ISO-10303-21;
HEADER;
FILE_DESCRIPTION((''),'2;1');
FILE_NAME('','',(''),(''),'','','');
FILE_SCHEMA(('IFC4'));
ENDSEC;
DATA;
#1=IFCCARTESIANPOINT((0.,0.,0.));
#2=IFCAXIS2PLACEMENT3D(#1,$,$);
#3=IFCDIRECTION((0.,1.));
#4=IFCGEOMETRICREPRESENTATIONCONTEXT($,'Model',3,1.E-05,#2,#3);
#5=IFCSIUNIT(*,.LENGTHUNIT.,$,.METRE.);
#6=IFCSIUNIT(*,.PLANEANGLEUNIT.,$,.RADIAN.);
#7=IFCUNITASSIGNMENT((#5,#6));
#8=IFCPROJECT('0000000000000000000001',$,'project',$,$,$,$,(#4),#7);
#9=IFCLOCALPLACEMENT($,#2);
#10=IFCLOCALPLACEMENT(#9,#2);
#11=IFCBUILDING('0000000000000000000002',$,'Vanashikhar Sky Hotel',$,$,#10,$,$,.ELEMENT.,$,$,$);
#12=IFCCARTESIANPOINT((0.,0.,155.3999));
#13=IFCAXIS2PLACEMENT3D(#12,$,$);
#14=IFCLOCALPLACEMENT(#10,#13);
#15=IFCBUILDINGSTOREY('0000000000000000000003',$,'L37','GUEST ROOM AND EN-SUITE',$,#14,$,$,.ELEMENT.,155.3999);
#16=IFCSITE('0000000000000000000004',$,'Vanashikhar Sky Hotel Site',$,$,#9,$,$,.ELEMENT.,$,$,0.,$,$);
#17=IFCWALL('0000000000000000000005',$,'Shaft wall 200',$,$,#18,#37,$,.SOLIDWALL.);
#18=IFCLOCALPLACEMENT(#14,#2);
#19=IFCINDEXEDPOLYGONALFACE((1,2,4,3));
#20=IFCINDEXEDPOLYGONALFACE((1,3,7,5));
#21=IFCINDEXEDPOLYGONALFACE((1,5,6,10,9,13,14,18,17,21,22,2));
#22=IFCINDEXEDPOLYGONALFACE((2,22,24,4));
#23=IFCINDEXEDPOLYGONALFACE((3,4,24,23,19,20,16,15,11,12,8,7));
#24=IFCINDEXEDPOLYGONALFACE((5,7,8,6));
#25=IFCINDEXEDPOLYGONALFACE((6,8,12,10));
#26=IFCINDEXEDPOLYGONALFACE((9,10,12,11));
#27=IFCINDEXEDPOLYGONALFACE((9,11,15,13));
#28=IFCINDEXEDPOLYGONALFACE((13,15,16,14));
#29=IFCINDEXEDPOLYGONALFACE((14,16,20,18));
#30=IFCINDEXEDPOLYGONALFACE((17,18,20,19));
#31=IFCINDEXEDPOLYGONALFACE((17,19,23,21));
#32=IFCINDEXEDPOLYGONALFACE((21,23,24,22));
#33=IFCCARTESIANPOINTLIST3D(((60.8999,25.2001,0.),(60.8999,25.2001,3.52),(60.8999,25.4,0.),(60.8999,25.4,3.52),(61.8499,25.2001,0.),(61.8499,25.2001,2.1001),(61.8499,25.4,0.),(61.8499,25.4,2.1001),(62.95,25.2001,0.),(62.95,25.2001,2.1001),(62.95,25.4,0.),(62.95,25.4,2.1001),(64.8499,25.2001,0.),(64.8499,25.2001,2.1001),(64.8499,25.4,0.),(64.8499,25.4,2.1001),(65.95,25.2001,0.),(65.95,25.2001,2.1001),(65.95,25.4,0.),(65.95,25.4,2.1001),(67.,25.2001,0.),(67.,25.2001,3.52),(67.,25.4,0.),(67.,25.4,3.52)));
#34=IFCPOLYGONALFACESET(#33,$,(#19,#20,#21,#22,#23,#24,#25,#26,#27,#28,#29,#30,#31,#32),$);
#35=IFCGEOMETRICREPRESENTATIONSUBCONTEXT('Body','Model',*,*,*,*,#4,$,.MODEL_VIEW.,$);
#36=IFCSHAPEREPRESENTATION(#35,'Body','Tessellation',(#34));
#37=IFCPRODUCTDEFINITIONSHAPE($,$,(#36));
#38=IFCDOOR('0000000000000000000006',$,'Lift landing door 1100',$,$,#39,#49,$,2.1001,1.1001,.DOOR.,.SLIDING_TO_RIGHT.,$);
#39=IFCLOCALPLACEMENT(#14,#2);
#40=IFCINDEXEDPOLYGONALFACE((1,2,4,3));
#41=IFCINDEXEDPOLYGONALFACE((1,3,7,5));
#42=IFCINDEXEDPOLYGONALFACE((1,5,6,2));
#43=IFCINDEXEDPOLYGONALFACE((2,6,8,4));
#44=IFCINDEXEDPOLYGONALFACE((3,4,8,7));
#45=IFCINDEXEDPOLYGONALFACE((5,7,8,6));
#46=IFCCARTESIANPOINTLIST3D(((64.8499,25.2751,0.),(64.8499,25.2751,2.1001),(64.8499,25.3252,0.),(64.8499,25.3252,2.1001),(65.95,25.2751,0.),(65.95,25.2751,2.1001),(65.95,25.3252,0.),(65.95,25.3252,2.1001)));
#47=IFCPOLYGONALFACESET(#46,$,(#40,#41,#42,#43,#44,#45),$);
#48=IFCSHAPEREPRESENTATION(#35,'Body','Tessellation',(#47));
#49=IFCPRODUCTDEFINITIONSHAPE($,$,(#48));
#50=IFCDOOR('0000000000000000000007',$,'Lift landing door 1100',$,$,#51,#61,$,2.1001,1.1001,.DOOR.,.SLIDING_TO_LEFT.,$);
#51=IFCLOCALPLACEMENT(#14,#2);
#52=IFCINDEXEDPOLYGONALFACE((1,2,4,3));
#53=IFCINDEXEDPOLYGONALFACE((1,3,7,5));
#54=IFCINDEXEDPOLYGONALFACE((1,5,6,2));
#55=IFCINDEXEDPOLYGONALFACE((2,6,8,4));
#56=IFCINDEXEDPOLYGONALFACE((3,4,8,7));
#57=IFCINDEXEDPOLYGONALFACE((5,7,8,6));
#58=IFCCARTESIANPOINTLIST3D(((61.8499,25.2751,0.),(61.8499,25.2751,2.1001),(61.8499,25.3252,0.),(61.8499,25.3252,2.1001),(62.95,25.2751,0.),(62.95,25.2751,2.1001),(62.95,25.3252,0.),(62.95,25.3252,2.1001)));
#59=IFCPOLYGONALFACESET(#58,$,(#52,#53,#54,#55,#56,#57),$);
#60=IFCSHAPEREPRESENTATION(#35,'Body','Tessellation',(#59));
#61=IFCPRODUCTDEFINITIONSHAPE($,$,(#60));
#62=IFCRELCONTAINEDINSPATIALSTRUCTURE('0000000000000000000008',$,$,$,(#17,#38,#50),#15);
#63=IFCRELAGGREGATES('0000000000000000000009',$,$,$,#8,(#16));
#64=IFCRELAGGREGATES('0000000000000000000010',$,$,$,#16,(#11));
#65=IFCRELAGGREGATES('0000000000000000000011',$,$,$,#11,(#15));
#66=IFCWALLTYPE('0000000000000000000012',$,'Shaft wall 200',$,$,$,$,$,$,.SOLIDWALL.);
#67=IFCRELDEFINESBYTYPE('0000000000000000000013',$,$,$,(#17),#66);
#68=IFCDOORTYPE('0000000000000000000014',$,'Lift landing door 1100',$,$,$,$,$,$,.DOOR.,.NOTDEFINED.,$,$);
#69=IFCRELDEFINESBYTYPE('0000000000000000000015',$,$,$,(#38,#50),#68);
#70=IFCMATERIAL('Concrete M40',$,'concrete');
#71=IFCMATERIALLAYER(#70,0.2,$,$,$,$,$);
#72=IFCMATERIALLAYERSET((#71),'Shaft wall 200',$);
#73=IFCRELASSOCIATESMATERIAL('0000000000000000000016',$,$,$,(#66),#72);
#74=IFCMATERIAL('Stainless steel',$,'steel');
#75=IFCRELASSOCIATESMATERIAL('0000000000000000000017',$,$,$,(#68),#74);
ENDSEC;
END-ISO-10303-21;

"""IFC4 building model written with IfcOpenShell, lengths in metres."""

from ifc_helpers import new_model, si_unit, direction, frame, frame_2d, origin, place, context, subcontext, project, spatial, rectangle, extrude, source, transform, mapped, material, layer, layer_set, type_object, element, fill, save


model = new_model("IFC4")

# Units and contexts
model_context = context("Model", 3, precision=1e-05, world=origin(), true_north=direction((0.0, 1.0)))
body_context = subcontext(model_context, "Body", "Model", "MODEL_VIEW")
ifc_project = project(units=[si_unit("LENGTHUNIT", "METRE"), si_unit("PLANEANGLEUNIT", "RADIAN")], contexts=[model_context])

# Site, building, storey
site_placement = place(None, origin())
site = spatial("IfcSite", under=ifc_project, at=site_placement, Name="Vanashikhar Sky Hotel Site", CompositionType="ELEMENT", RefElevation=0.0)
building_placement = place(site_placement, origin())
building = spatial("IfcBuilding", under=site, at=building_placement, Name="Vanashikhar Sky Hotel", CompositionType="ELEMENT")
storey_placement = place(building_placement, frame((0.0, 0.0, 155.3999)))
storey = spatial("IfcBuildingStorey", under=building, at=storey_placement, Name="L37", Description="GUEST ROOM AND EN-SUITE", CompositionType="ELEMENT", Elevation=155.3999)

# Shared definitions
ifc_material_1 = material(Name="Concrete M40", Category="concrete")
ifc_layer_1 = layer(ifc_material_1, 0.2)
ifc_layer_set_1 = layer_set([ifc_layer_1], Name="Shaft wall 200")
wall_type_1 = type_object("IfcWallType", Name="Shaft wall 200", PredefinedType="SOLIDWALL", material=ifc_layer_set_1)
shared_shape_1 = source(origin(), body_context, "Body", "SweptSolid", [
    extrude(rectangle(XDim=1.1001, YDim=2.1001, at=frame_2d((0.55, 1.05))), frame((0.0, 0.1099, 0.0), z_axis=(0.0, -1.0, 0.0), x_axis=(1.0, 0.0, 0.0)), (0.0, 0.0, 1.0), 0.22),
])
ifc_material_2 = material(Name="Stainless steel", Category="steel")
door_type_1 = type_object("IfcDoorType", Name="Lift landing door 1100", OperationType="NOTDEFINED", PredefinedType="DOOR", material=ifc_material_2)
shared_shape_2 = source(origin(), body_context, "Body", "SweptSolid", [
    extrude(rectangle(XDim=1.1001, YDim=2.1001, at=frame_2d((0.55, 1.05))), frame((0.0, 0.0249, 0.0), z_axis=(0.0, -1.0, 0.0), x_axis=(1.0, 0.0, 0.0)), (0.0, 0.0, 1.0), 0.05),
])

# Wall, openings, doors
shared_shape_3 = source(origin(), body_context, "Body", "SweptSolid", [
    extrude(rectangle(XDim=6.1001, YDim=0.2, at=frame_2d((3.05, 0.0))), origin(), (0.0, 0.0, 1.0), 3.52),
])
wall_1_placement = place(storey_placement, frame((67.0, 25.3, 0.0), z_axis=(0.0, 0.0, 1.0), x_axis=(-1.0, 0.0, 0.0)))
wall_1 = element("IfcWall", 1, at=wall_1_placement, inside=storey, type_object=wall_type_1, Name="Shaft wall 200", PredefinedType="SOLIDWALL", context=body_context, shape_type="MappedRepresentation", body=[
    mapped(shared_shape_3, transform((0.0, 0.0, 0.0), scale=1.0)),
])
opening_1_placement = place(wall_1_placement, frame((1.05, 0.0, 0.0)))
opening_1 = element("IfcOpeningElement", 2, at=opening_1_placement, cuts=wall_1, PredefinedType="OPENING", context=body_context, shape_type="MappedRepresentation", body=[
    mapped(shared_shape_1, transform((0.0, 0.0, 0.0), scale=1.0)),
])
opening_2_placement = place(wall_1_placement, frame((4.05, 0.0, 0.0)))
opening_2 = element("IfcOpeningElement", 3, at=opening_2_placement, cuts=wall_1, PredefinedType="OPENING", context=body_context, shape_type="MappedRepresentation", body=[
    mapped(shared_shape_1, transform((0.0, 0.0, 0.0), scale=1.0)),
])
door_1_placement = place(opening_1_placement, origin())
door_1 = element("IfcDoor", 4, at=door_1_placement, inside=storey, type_object=door_type_1, Name="Lift landing door 1100", OperationType="SLIDING_TO_RIGHT", OverallHeight=2.1001, OverallWidth=1.1001, PredefinedType="DOOR", context=body_context, shape_type="MappedRepresentation", body=[
    mapped(shared_shape_2, transform((0.0, 0.0, 0.0), scale=1.0)),
])
fill(opening_1, door_1)
door_2_placement = place(opening_2_placement, origin())
door_2 = element("IfcDoor", 5, at=door_2_placement, inside=storey, type_object=door_type_1, Name="Lift landing door 1100", OperationType="SLIDING_TO_LEFT", OverallHeight=2.1001, OverallWidth=1.1001, PredefinedType="DOOR", context=body_context, shape_type="MappedRepresentation", body=[
    mapped(shared_shape_2, transform((0.0, 0.0, 0.0), scale=1.0)),
])
fill(opening_2, door_2)

save(model, "model.ifc")
